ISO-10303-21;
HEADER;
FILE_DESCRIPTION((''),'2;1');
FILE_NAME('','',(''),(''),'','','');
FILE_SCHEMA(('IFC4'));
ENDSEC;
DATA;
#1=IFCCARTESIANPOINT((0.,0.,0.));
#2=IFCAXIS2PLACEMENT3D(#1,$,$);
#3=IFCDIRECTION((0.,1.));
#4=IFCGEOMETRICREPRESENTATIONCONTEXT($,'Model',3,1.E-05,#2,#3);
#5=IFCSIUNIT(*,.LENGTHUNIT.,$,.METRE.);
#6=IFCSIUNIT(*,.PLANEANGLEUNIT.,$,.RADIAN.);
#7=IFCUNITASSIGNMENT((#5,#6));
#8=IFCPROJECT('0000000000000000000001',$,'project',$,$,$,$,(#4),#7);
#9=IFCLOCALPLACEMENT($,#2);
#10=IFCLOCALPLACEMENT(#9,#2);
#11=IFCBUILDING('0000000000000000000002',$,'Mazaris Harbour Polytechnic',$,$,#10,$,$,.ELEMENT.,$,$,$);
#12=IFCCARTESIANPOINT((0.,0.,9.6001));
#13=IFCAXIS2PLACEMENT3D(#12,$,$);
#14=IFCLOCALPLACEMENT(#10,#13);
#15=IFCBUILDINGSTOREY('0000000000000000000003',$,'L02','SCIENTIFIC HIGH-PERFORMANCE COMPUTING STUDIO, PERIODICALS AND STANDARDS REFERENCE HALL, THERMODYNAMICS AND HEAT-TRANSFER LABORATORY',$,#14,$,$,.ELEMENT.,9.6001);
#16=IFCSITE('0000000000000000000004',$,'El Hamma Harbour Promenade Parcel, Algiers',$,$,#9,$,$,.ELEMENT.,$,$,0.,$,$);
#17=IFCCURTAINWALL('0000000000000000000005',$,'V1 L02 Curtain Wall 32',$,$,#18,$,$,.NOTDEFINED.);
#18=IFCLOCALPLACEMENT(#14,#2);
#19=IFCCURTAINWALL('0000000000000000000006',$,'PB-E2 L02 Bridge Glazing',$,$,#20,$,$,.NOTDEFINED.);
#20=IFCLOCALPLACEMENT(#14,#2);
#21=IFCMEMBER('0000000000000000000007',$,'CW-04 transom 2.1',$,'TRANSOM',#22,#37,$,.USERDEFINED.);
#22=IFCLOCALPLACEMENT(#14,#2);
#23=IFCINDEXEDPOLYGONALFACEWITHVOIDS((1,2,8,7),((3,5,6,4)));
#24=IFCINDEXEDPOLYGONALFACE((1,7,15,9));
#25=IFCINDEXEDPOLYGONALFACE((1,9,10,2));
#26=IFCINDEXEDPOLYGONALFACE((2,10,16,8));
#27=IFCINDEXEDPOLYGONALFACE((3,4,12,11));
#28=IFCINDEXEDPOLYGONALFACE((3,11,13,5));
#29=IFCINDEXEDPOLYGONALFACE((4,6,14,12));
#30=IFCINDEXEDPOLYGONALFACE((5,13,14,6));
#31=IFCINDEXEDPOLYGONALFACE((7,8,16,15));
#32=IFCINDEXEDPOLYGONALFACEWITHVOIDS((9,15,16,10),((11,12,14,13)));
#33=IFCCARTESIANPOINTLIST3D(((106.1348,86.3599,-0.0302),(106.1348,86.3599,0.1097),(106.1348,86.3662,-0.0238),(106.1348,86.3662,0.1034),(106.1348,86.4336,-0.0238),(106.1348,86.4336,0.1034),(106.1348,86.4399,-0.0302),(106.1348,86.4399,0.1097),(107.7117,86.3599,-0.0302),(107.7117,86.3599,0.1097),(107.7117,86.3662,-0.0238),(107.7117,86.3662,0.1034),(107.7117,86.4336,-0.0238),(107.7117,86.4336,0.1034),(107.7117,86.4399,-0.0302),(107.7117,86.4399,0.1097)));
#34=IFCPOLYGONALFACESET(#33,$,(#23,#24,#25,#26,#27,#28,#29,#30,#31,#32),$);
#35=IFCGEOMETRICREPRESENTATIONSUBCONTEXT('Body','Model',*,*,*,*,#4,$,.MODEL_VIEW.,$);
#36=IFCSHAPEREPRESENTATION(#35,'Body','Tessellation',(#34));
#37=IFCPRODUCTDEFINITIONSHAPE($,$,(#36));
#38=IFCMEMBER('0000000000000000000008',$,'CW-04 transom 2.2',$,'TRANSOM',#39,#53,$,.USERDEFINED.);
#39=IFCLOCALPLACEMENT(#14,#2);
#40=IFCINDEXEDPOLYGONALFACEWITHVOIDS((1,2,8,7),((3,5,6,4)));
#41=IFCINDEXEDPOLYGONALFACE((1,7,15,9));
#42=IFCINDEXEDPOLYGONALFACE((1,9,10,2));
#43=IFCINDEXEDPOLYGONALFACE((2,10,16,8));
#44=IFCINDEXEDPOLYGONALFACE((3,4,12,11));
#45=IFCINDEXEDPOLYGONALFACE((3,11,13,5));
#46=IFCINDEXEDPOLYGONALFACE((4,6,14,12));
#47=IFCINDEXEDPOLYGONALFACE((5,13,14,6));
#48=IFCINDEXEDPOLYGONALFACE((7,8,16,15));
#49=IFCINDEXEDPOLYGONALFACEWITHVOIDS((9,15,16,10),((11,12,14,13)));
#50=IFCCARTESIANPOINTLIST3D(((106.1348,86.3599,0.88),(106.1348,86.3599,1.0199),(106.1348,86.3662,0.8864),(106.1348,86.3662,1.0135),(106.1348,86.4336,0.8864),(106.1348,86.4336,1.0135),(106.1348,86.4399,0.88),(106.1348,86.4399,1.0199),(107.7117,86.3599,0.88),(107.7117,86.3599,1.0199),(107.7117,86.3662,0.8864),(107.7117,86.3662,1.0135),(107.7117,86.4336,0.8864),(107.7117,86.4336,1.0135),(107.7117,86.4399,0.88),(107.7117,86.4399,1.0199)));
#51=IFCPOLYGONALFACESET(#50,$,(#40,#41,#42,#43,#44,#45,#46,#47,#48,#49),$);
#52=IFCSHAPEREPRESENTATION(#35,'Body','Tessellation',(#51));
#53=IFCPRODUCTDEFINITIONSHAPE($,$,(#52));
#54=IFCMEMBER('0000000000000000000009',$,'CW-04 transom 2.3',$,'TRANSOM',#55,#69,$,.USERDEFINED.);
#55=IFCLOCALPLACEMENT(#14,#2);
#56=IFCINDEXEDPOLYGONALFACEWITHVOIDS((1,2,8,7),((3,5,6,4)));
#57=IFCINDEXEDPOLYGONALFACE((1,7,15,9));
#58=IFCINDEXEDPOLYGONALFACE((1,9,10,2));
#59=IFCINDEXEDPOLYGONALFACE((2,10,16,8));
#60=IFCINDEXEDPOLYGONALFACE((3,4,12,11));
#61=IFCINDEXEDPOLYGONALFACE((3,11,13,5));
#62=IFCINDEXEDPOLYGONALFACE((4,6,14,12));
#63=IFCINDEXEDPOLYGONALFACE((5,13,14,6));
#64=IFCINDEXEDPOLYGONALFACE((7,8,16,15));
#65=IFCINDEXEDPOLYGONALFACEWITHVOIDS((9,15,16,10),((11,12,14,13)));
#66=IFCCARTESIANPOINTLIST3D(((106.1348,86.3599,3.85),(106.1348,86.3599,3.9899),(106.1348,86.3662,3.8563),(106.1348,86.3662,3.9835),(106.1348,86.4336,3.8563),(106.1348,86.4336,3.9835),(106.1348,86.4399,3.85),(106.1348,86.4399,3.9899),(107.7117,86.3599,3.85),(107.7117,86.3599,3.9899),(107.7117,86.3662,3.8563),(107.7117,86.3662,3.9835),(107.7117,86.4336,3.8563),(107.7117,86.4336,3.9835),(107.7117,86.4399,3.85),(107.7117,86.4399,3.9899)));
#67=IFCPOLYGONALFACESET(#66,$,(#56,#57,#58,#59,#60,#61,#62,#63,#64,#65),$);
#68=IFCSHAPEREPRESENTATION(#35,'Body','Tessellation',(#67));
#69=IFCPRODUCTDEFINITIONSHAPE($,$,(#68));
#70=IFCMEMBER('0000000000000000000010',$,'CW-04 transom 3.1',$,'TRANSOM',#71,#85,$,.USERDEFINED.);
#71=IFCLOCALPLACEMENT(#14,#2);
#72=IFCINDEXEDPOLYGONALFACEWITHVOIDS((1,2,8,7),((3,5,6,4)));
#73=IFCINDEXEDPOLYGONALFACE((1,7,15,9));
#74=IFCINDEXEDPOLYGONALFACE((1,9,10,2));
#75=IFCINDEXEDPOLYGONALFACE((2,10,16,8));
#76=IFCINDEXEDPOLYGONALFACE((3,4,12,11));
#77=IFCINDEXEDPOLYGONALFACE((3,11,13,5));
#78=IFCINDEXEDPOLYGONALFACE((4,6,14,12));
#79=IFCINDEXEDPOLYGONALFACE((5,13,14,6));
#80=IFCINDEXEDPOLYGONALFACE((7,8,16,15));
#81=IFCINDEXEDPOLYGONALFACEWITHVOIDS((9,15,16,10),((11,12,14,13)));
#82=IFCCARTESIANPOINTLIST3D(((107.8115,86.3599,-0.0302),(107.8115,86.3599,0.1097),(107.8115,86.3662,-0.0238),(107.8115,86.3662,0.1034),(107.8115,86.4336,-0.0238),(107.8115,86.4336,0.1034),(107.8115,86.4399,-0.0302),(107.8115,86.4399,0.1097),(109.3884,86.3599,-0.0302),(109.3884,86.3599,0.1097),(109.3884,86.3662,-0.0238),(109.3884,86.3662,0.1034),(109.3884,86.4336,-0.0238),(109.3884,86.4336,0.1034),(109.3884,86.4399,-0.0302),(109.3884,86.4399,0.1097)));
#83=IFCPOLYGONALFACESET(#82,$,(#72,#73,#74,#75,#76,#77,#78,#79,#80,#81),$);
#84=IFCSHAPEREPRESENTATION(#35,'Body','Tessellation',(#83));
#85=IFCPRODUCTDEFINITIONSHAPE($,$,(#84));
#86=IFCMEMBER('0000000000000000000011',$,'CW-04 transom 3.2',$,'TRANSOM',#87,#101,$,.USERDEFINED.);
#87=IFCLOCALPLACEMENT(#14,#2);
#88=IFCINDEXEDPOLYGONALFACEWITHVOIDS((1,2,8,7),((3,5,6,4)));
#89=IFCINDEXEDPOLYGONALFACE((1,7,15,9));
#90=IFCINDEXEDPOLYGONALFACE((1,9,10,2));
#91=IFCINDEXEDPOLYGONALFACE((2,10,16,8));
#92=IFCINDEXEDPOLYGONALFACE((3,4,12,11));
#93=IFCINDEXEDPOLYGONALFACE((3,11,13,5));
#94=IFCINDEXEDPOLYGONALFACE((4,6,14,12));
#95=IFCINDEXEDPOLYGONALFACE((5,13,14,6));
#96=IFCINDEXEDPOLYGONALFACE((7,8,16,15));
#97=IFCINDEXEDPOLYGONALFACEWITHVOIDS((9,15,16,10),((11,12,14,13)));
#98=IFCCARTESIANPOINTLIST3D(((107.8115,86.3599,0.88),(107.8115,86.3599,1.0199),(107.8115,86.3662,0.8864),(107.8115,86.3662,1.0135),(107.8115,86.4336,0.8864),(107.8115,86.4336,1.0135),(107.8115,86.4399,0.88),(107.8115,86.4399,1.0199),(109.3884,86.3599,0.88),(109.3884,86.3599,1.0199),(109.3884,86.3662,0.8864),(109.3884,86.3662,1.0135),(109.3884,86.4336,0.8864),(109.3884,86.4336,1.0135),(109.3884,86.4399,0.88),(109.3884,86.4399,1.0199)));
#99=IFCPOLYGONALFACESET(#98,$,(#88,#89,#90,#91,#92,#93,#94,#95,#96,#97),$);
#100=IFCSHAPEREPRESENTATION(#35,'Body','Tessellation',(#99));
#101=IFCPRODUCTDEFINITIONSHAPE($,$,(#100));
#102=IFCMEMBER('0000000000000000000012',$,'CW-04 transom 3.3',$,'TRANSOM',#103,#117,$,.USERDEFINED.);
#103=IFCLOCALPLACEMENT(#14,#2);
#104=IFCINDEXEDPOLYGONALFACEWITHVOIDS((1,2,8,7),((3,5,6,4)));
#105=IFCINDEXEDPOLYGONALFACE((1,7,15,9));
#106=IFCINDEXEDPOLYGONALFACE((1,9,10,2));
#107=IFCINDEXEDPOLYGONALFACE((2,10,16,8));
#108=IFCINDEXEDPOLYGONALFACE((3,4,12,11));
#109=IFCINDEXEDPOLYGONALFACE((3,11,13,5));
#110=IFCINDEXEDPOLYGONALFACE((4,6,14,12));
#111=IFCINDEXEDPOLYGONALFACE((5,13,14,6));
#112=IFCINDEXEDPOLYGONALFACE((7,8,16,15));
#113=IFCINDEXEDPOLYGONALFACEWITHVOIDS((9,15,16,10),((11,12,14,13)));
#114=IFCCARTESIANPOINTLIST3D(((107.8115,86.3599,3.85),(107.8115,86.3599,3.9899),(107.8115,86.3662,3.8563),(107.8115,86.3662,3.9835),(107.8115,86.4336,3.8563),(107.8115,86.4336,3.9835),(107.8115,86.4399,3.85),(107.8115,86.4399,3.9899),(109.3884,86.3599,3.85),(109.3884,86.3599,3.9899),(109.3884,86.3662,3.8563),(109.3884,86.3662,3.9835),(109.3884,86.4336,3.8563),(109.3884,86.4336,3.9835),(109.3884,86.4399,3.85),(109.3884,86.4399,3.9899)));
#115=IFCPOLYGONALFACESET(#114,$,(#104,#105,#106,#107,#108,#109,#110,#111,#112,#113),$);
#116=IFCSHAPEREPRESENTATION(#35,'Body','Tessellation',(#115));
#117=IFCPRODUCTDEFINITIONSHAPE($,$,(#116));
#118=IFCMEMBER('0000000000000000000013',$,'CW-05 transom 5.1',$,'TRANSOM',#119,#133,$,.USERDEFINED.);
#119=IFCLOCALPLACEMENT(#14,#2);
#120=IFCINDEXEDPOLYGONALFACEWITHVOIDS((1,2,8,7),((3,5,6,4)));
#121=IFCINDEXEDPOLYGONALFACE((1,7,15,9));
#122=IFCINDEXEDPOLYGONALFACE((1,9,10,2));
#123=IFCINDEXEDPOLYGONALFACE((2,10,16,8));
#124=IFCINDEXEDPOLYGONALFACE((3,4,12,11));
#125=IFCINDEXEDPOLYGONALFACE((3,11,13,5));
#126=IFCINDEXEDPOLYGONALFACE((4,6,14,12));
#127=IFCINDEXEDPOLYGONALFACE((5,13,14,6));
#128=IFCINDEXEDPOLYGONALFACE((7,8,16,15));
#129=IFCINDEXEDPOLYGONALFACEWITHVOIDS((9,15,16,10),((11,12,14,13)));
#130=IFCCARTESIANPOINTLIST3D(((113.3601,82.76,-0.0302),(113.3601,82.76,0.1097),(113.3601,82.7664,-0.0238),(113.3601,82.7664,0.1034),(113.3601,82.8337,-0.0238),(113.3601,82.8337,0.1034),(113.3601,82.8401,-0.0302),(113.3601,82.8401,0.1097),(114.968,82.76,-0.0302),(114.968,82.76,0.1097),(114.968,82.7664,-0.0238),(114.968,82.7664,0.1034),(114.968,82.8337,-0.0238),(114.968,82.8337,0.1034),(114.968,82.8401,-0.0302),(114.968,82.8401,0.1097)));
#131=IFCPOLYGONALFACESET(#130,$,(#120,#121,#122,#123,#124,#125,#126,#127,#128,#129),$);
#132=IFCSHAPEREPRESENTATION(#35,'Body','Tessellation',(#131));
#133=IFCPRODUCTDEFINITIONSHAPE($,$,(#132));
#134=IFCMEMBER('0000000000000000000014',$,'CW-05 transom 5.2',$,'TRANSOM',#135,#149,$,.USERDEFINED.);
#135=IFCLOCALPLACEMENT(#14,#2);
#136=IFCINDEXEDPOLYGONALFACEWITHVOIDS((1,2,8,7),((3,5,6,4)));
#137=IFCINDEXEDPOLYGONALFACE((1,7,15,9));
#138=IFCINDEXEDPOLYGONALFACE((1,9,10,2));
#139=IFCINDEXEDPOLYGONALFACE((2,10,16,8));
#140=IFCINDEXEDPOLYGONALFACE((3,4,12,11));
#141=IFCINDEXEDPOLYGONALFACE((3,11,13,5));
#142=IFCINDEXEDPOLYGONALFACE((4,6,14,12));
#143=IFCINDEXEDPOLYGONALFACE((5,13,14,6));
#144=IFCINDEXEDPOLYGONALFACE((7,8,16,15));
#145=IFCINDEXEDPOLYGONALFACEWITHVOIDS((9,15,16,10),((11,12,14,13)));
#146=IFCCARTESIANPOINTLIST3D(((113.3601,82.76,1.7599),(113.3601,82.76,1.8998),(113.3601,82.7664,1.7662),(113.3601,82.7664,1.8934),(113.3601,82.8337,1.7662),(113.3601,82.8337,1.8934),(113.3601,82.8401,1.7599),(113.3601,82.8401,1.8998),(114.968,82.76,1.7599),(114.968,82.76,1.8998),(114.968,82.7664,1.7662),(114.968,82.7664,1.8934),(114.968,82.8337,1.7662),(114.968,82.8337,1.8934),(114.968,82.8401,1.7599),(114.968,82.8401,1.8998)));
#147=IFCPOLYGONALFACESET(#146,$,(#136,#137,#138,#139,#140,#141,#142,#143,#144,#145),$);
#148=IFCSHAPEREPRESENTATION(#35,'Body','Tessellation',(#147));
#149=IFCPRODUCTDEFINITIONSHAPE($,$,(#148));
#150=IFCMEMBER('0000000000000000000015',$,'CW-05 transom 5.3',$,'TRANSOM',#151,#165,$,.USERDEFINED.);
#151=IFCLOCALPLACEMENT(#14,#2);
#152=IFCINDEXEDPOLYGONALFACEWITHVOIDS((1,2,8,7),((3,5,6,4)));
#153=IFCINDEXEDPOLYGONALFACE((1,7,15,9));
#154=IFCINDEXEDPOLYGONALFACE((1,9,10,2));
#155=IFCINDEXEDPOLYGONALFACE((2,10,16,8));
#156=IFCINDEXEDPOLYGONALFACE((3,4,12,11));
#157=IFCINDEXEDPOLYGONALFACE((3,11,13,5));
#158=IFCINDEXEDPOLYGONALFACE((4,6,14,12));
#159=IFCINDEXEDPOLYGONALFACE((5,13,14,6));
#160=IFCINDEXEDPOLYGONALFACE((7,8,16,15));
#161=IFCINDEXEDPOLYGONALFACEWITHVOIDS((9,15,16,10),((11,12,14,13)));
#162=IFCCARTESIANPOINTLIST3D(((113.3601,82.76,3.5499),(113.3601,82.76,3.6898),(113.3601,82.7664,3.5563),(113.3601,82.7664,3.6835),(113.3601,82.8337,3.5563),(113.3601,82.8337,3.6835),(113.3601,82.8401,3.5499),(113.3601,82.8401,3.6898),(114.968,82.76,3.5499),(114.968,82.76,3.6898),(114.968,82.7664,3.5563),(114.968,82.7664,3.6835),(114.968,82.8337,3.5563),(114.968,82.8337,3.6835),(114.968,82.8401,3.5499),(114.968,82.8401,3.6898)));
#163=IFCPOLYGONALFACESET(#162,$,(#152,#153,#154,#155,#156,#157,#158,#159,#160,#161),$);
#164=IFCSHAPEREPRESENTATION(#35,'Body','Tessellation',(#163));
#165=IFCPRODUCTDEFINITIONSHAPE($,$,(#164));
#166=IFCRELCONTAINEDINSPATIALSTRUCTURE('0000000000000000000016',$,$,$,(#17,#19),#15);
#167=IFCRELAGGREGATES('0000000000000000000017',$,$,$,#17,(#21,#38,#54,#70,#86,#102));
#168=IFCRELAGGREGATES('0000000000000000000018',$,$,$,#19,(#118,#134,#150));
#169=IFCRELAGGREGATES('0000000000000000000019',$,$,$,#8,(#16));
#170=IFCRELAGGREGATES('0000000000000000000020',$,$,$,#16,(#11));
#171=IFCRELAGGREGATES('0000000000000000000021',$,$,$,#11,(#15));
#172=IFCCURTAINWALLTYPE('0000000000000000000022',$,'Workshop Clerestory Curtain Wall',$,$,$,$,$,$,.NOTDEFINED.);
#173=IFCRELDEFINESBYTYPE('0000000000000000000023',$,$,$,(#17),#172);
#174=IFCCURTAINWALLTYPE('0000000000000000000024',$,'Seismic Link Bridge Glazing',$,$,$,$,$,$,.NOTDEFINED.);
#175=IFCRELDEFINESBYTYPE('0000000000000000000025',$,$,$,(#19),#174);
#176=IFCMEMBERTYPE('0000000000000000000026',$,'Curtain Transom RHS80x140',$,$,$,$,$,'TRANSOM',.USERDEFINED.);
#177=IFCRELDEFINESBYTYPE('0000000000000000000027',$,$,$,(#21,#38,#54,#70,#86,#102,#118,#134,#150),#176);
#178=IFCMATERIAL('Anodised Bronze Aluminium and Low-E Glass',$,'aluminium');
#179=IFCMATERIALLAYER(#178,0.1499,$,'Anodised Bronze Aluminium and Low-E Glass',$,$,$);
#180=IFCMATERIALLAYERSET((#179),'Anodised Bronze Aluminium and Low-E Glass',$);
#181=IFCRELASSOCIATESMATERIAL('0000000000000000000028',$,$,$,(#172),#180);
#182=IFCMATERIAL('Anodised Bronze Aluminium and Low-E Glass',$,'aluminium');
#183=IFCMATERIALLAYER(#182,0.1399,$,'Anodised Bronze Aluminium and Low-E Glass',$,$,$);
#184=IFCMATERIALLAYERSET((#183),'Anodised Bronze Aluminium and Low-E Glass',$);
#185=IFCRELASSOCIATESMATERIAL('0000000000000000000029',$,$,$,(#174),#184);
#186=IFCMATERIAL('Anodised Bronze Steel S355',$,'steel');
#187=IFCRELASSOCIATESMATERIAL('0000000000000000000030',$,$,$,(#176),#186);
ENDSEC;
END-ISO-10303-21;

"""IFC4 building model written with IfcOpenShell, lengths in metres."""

from ifc_helpers import new_model, si_unit, direction, frame, origin, origin_2d, place, context, subcontext, project, spatial, hollow_rectangle, extrude, material, layer, layer_set, material_profile, profile_set, type_object, element, aggregate, save


model = new_model("IFC4")

# Units and contexts
model_context = context("Model", 3, precision=1e-05, world=origin(), true_north=direction((0.0, 1.0)))
body_context = subcontext(model_context, "Body", "Model", "MODEL_VIEW")
ifc_project = project(units=[si_unit("LENGTHUNIT", "METRE"), si_unit("PLANEANGLEUNIT", "RADIAN")], contexts=[model_context])

# Site, building, storey
site_placement = place(None, origin())
site = spatial("IfcSite", under=ifc_project, at=site_placement, Name="El Hamma Harbour Promenade Parcel, Algiers", CompositionType="ELEMENT", RefElevation=0.0)
building_placement = place(site_placement, origin())
building = spatial("IfcBuilding", under=site, at=building_placement, Name="Mazaris Harbour Polytechnic", CompositionType="ELEMENT")
storey_placement = place(building_placement, frame((0.0, 0.0, 9.6001)))
storey = spatial("IfcBuildingStorey", under=building, at=storey_placement, Name="L02", Description="SCIENTIFIC HIGH-PERFORMANCE COMPUTING STUDIO, PERIODICALS AND STANDARDS REFERENCE HALL, THERMODYNAMICS AND HEAT-TRANSFER LABORATORY", CompositionType="ELEMENT", Elevation=9.6001)

# Curtain walls
ifc_material_1 = material(Name="Anodised Bronze Aluminium and Low-E Glass", Category="aluminium")
ifc_layer_1 = layer(ifc_material_1, 0.1499, Name="Anodised Bronze Aluminium and Low-E Glass")
ifc_layer_set_1 = layer_set([ifc_layer_1], Name="Anodised Bronze Aluminium and Low-E Glass")
curtain_wall_type_1 = type_object("IfcCurtainWallType", Name="Workshop Clerestory Curtain Wall", PredefinedType="NOTDEFINED", material=ifc_layer_set_1)
curtain_wall_1_placement = place(storey_placement, origin())
curtain_wall_1 = element("IfcCurtainWall", 1, at=curtain_wall_1_placement, inside=storey, type_object=curtain_wall_type_1, Name="V1 L02 Curtain Wall 32", PredefinedType="NOTDEFINED")
ifc_material_2 = material(Name="Anodised Bronze Aluminium and Low-E Glass", Category="aluminium")
ifc_layer_2 = layer(ifc_material_2, 0.1399, Name="Anodised Bronze Aluminium and Low-E Glass")
ifc_layer_set_2 = layer_set([ifc_layer_2], Name="Anodised Bronze Aluminium and Low-E Glass")
curtain_wall_type_2 = type_object("IfcCurtainWallType", Name="Seismic Link Bridge Glazing", PredefinedType="NOTDEFINED", material=ifc_layer_set_2)
curtain_wall_2_placement = place(storey_placement, origin())
curtain_wall_2 = element("IfcCurtainWall", 2, at=curtain_wall_2_placement, inside=storey, type_object=curtain_wall_type_2, Name="PB-E2 L02 Bridge Glazing", PredefinedType="NOTDEFINED")

# Members
ifc_material_3 = material(Name="Anodised Bronze Steel S355", Category="steel")
ifc_material_profile_1 = material_profile(ifc_material_3, hollow_rectangle(XDim=0.0801, YDim=0.1399, WallThickness=0.0063, at=origin_2d()), Name="RHS 80x140x6.3")
ifc_profile_set_1 = profile_set([ifc_material_profile_1], Name="Anodised Bronze Steel S355")
member_type_1 = type_object("IfcMemberType", Name="Curtain Transom RHS80x140", ElementType="TRANSOM", PredefinedType="USERDEFINED", material=ifc_profile_set_1)
member_1_placement = place(storey_placement, frame((106.1348, 86.3999, 0.0398), z_axis=(1.0, 0.0, 0.0), x_axis=(0.0, 1.0, 0.0)))
member_1 = element("IfcMember", 3, at=member_1_placement, type_object=member_type_1, Name="CW-04 transom 2.1", ObjectType="TRANSOM", PredefinedType="USERDEFINED", context=body_context, shape_type="SweptSolid", body=[
    extrude(hollow_rectangle(XDim=0.0801, YDim=0.1399, WallThickness=0.0063, at=origin_2d()), origin(), (0.0, 0.0, 1.0), 1.5769),
])
member_2_placement = place(storey_placement, frame((106.1348, 86.3999, 0.95), z_axis=(1.0, 0.0, 0.0), x_axis=(0.0, 1.0, 0.0)))
member_2 = element("IfcMember", 4, at=member_2_placement, type_object=member_type_1, Name="CW-04 transom 2.2", ObjectType="TRANSOM", PredefinedType="USERDEFINED", context=body_context, shape_type="SweptSolid", body=[
    extrude(hollow_rectangle(XDim=0.0801, YDim=0.1399, WallThickness=0.0063, at=origin_2d()), origin(), (0.0, 0.0, 1.0), 1.5769),
])
member_3_placement = place(storey_placement, frame((106.1348, 86.3999, 3.9199), z_axis=(1.0, 0.0, 0.0), x_axis=(0.0, 1.0, 0.0)))
member_3 = element("IfcMember", 5, at=member_3_placement, type_object=member_type_1, Name="CW-04 transom 2.3", ObjectType="TRANSOM", PredefinedType="USERDEFINED", context=body_context, shape_type="SweptSolid", body=[
    extrude(hollow_rectangle(XDim=0.0801, YDim=0.1399, WallThickness=0.0063, at=origin_2d()), origin(), (0.0, 0.0, 1.0), 1.5769),
])
member_4_placement = place(storey_placement, frame((107.8115, 86.3999, 0.0398), z_axis=(1.0, 0.0, 0.0), x_axis=(0.0, 1.0, 0.0)))
member_4 = element("IfcMember", 6, at=member_4_placement, type_object=member_type_1, Name="CW-04 transom 3.1", ObjectType="TRANSOM", PredefinedType="USERDEFINED", context=body_context, shape_type="SweptSolid", body=[
    extrude(hollow_rectangle(XDim=0.0801, YDim=0.1399, WallThickness=0.0063, at=origin_2d()), origin(), (0.0, 0.0, 1.0), 1.5769),
])
member_5_placement = place(storey_placement, frame((107.8115, 86.3999, 0.95), z_axis=(1.0, 0.0, 0.0), x_axis=(0.0, 1.0, 0.0)))
member_5 = element("IfcMember", 7, at=member_5_placement, type_object=member_type_1, Name="CW-04 transom 3.2", ObjectType="TRANSOM", PredefinedType="USERDEFINED", context=body_context, shape_type="SweptSolid", body=[
    extrude(hollow_rectangle(XDim=0.0801, YDim=0.1399, WallThickness=0.0063, at=origin_2d()), origin(), (0.0, 0.0, 1.0), 1.5769),
])
member_6_placement = place(storey_placement, frame((107.8115, 86.3999, 3.9199), z_axis=(1.0, 0.0, 0.0), x_axis=(0.0, 1.0, 0.0)))
member_6 = element("IfcMember", 8, at=member_6_placement, type_object=member_type_1, Name="CW-04 transom 3.3", ObjectType="TRANSOM", PredefinedType="USERDEFINED", context=body_context, shape_type="SweptSolid", body=[
    extrude(hollow_rectangle(XDim=0.0801, YDim=0.1399, WallThickness=0.0063, at=origin_2d()), origin(), (0.0, 0.0, 1.0), 1.5769),
])
member_7_placement = place(storey_placement, frame((114.968, 82.8, 0.0398), z_axis=(-1.0, 0.0, 0.0), x_axis=(0.0, -1.0, 0.0)))
member_7 = element("IfcMember", 9, at=member_7_placement, type_object=member_type_1, Name="CW-05 transom 5.1", ObjectType="TRANSOM", PredefinedType="USERDEFINED", context=body_context, shape_type="SweptSolid", body=[
    extrude(hollow_rectangle(XDim=0.0801, YDim=0.1399, WallThickness=0.0063, at=origin_2d()), origin(), (0.0, 0.0, 1.0), 1.6079),
])
member_8_placement = place(storey_placement, frame((114.968, 82.8, 1.8298), z_axis=(-1.0, 0.0, 0.0), x_axis=(0.0, -1.0, 0.0)))
member_8 = element("IfcMember", 10, at=member_8_placement, type_object=member_type_1, Name="CW-05 transom 5.2", ObjectType="TRANSOM", PredefinedType="USERDEFINED", context=body_context, shape_type="SweptSolid", body=[
    extrude(hollow_rectangle(XDim=0.0801, YDim=0.1399, WallThickness=0.0063, at=origin_2d()), origin(), (0.0, 0.0, 1.0), 1.6079),
])
member_9_placement = place(storey_placement, frame((114.968, 82.8, 3.6199), z_axis=(-1.0, 0.0, 0.0), x_axis=(0.0, -1.0, 0.0)))
member_9 = element("IfcMember", 11, at=member_9_placement, type_object=member_type_1, Name="CW-05 transom 5.3", ObjectType="TRANSOM", PredefinedType="USERDEFINED", context=body_context, shape_type="SweptSolid", body=[
    extrude(hollow_rectangle(XDim=0.0801, YDim=0.1399, WallThickness=0.0063, at=origin_2d()), origin(), (0.0, 0.0, 1.0), 1.6079),
])

aggregate(curtain_wall_1, [member_1, member_2, member_3, member_4, member_5, member_6])
aggregate(curtain_wall_2, [member_7, member_8, member_9])

save(model, "model.ifc")
